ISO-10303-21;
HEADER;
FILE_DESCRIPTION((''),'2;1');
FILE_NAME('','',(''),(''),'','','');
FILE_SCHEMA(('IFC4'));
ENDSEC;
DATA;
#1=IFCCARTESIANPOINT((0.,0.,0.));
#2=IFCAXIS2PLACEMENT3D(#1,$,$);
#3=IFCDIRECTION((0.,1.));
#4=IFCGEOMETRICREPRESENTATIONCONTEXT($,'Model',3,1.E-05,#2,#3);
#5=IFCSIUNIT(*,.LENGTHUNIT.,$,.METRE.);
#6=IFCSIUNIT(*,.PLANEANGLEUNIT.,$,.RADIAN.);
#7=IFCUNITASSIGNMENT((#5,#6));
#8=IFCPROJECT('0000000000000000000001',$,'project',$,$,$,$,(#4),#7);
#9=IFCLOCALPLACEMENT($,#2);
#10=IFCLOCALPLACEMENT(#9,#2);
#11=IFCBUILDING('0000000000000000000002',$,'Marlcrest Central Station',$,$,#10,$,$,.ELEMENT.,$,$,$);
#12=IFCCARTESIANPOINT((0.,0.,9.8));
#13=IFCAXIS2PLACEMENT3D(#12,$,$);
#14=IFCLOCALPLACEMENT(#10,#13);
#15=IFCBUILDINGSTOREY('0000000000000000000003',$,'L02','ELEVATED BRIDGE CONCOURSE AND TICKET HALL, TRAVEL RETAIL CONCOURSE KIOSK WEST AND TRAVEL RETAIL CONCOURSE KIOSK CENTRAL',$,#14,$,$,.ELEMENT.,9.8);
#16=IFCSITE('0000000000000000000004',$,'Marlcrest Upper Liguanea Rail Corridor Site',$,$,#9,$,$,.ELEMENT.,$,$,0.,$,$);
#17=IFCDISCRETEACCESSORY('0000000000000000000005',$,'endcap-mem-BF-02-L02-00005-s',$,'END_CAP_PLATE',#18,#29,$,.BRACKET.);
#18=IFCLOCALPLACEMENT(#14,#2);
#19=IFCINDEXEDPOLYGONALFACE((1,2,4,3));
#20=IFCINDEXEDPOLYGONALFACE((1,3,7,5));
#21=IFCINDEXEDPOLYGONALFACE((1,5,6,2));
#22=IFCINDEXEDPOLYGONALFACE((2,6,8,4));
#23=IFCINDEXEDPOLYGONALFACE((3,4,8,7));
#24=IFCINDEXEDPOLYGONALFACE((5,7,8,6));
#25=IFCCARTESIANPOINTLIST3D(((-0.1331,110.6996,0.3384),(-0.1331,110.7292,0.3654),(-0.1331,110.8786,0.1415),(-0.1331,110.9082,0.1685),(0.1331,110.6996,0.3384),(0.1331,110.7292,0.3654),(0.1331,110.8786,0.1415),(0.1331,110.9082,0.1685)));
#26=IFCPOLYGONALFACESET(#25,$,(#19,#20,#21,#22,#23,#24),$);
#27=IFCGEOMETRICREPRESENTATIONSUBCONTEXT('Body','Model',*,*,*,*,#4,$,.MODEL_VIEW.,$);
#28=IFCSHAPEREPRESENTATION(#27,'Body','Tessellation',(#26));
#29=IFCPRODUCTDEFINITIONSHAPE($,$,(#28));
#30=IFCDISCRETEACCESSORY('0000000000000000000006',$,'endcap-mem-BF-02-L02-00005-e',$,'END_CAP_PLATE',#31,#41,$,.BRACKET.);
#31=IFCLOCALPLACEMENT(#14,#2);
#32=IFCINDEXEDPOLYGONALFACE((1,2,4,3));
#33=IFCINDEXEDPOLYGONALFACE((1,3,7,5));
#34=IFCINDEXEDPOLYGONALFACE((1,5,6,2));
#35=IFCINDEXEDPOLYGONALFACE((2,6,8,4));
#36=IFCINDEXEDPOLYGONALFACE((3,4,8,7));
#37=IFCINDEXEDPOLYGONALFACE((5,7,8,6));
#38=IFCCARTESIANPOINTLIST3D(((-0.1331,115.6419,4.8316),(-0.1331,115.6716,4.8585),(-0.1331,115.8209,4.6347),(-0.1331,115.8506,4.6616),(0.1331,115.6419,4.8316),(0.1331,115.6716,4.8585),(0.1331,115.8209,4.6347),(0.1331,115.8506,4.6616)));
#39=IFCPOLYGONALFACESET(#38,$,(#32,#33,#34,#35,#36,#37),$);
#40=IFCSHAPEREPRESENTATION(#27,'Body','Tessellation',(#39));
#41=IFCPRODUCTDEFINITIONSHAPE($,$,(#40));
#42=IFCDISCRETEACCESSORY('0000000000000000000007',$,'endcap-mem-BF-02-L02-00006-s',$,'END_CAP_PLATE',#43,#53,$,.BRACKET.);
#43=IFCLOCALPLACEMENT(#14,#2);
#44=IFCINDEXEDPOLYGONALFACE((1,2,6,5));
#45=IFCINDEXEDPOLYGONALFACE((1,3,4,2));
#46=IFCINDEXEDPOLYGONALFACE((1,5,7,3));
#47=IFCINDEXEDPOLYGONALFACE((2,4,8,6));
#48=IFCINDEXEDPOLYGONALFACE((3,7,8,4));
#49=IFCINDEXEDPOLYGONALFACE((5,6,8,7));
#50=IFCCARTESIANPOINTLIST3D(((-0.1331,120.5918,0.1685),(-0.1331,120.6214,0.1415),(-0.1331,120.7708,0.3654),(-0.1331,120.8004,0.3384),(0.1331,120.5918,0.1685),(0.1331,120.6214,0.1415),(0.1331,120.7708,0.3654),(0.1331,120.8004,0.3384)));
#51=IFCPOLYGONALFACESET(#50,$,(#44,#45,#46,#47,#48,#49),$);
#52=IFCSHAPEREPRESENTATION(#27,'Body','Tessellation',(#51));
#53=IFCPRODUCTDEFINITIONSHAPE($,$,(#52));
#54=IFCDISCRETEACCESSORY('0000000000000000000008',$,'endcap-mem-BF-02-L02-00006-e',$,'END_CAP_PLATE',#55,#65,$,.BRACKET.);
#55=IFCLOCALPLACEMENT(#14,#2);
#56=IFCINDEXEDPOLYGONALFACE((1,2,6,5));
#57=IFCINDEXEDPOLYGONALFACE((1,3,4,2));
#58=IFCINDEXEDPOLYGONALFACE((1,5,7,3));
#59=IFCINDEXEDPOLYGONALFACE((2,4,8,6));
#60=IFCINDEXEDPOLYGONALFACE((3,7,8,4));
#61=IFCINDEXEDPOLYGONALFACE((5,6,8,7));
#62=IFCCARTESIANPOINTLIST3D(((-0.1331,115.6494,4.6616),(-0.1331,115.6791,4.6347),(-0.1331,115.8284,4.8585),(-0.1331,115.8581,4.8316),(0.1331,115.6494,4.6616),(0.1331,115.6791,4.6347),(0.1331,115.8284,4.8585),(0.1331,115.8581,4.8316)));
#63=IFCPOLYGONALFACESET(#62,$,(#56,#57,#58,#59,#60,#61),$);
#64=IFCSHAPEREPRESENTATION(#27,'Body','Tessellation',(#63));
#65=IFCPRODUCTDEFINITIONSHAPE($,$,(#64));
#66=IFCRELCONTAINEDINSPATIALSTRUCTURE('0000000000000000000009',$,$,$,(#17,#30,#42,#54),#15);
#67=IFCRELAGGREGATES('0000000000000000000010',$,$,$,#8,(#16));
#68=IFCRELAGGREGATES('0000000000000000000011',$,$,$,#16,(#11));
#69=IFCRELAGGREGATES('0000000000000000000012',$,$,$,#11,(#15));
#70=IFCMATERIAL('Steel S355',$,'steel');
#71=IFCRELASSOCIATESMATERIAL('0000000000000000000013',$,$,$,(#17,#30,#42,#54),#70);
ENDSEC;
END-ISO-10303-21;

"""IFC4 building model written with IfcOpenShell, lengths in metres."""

from ifc_helpers import new_model, si_unit, direction, frame, origin, origin_2d, place, context, subcontext, project, spatial, rectangle, extrude, material, element, save


model = new_model("IFC4")

# Units and contexts
model_context = context("Model", 3, precision=1e-05, world=origin(), true_north=direction((0.0, 1.0)))
body_context = subcontext(model_context, "Body", "Model", "MODEL_VIEW")
ifc_project = project(units=[si_unit("LENGTHUNIT", "METRE"), si_unit("PLANEANGLEUNIT", "RADIAN")], contexts=[model_context])

# Site, building, storey
site_placement = place(None, origin())
site = spatial("IfcSite", under=ifc_project, at=site_placement, Name="Marlcrest Upper Liguanea Rail Corridor Site", CompositionType="ELEMENT", RefElevation=0.0)
building_placement = place(site_placement, origin())
building = spatial("IfcBuilding", under=site, at=building_placement, Name="Marlcrest Central Station", CompositionType="ELEMENT")
storey_placement = place(building_placement, frame((0.0, 0.0, 9.8)))
storey = spatial("IfcBuildingStorey", under=building, at=storey_placement, Name="L02", Description="ELEVATED BRIDGE CONCOURSE AND TICKET HALL, TRAVEL RETAIL CONCOURSE KIOSK WEST AND TRAVEL RETAIL CONCOURSE KIOSK CENTRAL", CompositionType="ELEMENT", Elevation=9.8)

# Shared definitions
ifc_material_1 = material(Name="Steel S355", Category="steel")

# Discrete accessories
for number, where, z_axis, x_axis, name in (
    (1, (0.0, 110.7891, 0.24), (0.0, 0.739937, 0.672676), (-1.0, 0.0, 0.0), "endcap-mem-BF-02-L02-00005-s"),
    (2, (0.0, 115.7314, 4.7332), (0.0, 0.739937, 0.672676), (-1.0, 0.0, 0.0), "endcap-mem-BF-02-L02-00005-e"),
    (3, (0.0, 120.7109, 0.24), (0.0, -0.739937, 0.672676), (1.0, 0.0, 0.0), "endcap-mem-BF-02-L02-00006-s"),
    (4, (0.0, 115.7686, 4.7332), (0.0, -0.739937, 0.672676), (1.0, 0.0, 0.0), "endcap-mem-BF-02-L02-00006-e"),
):
    element("IfcDiscreteAccessory", number, at=place(storey_placement, frame(where, z_axis=z_axis, x_axis=x_axis)), inside=storey, material=ifc_material_1, Name=name, ObjectType="END_CAP_PLATE", PredefinedType="BRACKET", context=body_context, shape_type="SweptSolid", body=[
        extrude(rectangle(XDim=0.2661, YDim=0.2661, at=origin_2d()), origin(), (0.0, 0.0, 1.0), 0.04),
    ])

save(model, "model.ifc")
